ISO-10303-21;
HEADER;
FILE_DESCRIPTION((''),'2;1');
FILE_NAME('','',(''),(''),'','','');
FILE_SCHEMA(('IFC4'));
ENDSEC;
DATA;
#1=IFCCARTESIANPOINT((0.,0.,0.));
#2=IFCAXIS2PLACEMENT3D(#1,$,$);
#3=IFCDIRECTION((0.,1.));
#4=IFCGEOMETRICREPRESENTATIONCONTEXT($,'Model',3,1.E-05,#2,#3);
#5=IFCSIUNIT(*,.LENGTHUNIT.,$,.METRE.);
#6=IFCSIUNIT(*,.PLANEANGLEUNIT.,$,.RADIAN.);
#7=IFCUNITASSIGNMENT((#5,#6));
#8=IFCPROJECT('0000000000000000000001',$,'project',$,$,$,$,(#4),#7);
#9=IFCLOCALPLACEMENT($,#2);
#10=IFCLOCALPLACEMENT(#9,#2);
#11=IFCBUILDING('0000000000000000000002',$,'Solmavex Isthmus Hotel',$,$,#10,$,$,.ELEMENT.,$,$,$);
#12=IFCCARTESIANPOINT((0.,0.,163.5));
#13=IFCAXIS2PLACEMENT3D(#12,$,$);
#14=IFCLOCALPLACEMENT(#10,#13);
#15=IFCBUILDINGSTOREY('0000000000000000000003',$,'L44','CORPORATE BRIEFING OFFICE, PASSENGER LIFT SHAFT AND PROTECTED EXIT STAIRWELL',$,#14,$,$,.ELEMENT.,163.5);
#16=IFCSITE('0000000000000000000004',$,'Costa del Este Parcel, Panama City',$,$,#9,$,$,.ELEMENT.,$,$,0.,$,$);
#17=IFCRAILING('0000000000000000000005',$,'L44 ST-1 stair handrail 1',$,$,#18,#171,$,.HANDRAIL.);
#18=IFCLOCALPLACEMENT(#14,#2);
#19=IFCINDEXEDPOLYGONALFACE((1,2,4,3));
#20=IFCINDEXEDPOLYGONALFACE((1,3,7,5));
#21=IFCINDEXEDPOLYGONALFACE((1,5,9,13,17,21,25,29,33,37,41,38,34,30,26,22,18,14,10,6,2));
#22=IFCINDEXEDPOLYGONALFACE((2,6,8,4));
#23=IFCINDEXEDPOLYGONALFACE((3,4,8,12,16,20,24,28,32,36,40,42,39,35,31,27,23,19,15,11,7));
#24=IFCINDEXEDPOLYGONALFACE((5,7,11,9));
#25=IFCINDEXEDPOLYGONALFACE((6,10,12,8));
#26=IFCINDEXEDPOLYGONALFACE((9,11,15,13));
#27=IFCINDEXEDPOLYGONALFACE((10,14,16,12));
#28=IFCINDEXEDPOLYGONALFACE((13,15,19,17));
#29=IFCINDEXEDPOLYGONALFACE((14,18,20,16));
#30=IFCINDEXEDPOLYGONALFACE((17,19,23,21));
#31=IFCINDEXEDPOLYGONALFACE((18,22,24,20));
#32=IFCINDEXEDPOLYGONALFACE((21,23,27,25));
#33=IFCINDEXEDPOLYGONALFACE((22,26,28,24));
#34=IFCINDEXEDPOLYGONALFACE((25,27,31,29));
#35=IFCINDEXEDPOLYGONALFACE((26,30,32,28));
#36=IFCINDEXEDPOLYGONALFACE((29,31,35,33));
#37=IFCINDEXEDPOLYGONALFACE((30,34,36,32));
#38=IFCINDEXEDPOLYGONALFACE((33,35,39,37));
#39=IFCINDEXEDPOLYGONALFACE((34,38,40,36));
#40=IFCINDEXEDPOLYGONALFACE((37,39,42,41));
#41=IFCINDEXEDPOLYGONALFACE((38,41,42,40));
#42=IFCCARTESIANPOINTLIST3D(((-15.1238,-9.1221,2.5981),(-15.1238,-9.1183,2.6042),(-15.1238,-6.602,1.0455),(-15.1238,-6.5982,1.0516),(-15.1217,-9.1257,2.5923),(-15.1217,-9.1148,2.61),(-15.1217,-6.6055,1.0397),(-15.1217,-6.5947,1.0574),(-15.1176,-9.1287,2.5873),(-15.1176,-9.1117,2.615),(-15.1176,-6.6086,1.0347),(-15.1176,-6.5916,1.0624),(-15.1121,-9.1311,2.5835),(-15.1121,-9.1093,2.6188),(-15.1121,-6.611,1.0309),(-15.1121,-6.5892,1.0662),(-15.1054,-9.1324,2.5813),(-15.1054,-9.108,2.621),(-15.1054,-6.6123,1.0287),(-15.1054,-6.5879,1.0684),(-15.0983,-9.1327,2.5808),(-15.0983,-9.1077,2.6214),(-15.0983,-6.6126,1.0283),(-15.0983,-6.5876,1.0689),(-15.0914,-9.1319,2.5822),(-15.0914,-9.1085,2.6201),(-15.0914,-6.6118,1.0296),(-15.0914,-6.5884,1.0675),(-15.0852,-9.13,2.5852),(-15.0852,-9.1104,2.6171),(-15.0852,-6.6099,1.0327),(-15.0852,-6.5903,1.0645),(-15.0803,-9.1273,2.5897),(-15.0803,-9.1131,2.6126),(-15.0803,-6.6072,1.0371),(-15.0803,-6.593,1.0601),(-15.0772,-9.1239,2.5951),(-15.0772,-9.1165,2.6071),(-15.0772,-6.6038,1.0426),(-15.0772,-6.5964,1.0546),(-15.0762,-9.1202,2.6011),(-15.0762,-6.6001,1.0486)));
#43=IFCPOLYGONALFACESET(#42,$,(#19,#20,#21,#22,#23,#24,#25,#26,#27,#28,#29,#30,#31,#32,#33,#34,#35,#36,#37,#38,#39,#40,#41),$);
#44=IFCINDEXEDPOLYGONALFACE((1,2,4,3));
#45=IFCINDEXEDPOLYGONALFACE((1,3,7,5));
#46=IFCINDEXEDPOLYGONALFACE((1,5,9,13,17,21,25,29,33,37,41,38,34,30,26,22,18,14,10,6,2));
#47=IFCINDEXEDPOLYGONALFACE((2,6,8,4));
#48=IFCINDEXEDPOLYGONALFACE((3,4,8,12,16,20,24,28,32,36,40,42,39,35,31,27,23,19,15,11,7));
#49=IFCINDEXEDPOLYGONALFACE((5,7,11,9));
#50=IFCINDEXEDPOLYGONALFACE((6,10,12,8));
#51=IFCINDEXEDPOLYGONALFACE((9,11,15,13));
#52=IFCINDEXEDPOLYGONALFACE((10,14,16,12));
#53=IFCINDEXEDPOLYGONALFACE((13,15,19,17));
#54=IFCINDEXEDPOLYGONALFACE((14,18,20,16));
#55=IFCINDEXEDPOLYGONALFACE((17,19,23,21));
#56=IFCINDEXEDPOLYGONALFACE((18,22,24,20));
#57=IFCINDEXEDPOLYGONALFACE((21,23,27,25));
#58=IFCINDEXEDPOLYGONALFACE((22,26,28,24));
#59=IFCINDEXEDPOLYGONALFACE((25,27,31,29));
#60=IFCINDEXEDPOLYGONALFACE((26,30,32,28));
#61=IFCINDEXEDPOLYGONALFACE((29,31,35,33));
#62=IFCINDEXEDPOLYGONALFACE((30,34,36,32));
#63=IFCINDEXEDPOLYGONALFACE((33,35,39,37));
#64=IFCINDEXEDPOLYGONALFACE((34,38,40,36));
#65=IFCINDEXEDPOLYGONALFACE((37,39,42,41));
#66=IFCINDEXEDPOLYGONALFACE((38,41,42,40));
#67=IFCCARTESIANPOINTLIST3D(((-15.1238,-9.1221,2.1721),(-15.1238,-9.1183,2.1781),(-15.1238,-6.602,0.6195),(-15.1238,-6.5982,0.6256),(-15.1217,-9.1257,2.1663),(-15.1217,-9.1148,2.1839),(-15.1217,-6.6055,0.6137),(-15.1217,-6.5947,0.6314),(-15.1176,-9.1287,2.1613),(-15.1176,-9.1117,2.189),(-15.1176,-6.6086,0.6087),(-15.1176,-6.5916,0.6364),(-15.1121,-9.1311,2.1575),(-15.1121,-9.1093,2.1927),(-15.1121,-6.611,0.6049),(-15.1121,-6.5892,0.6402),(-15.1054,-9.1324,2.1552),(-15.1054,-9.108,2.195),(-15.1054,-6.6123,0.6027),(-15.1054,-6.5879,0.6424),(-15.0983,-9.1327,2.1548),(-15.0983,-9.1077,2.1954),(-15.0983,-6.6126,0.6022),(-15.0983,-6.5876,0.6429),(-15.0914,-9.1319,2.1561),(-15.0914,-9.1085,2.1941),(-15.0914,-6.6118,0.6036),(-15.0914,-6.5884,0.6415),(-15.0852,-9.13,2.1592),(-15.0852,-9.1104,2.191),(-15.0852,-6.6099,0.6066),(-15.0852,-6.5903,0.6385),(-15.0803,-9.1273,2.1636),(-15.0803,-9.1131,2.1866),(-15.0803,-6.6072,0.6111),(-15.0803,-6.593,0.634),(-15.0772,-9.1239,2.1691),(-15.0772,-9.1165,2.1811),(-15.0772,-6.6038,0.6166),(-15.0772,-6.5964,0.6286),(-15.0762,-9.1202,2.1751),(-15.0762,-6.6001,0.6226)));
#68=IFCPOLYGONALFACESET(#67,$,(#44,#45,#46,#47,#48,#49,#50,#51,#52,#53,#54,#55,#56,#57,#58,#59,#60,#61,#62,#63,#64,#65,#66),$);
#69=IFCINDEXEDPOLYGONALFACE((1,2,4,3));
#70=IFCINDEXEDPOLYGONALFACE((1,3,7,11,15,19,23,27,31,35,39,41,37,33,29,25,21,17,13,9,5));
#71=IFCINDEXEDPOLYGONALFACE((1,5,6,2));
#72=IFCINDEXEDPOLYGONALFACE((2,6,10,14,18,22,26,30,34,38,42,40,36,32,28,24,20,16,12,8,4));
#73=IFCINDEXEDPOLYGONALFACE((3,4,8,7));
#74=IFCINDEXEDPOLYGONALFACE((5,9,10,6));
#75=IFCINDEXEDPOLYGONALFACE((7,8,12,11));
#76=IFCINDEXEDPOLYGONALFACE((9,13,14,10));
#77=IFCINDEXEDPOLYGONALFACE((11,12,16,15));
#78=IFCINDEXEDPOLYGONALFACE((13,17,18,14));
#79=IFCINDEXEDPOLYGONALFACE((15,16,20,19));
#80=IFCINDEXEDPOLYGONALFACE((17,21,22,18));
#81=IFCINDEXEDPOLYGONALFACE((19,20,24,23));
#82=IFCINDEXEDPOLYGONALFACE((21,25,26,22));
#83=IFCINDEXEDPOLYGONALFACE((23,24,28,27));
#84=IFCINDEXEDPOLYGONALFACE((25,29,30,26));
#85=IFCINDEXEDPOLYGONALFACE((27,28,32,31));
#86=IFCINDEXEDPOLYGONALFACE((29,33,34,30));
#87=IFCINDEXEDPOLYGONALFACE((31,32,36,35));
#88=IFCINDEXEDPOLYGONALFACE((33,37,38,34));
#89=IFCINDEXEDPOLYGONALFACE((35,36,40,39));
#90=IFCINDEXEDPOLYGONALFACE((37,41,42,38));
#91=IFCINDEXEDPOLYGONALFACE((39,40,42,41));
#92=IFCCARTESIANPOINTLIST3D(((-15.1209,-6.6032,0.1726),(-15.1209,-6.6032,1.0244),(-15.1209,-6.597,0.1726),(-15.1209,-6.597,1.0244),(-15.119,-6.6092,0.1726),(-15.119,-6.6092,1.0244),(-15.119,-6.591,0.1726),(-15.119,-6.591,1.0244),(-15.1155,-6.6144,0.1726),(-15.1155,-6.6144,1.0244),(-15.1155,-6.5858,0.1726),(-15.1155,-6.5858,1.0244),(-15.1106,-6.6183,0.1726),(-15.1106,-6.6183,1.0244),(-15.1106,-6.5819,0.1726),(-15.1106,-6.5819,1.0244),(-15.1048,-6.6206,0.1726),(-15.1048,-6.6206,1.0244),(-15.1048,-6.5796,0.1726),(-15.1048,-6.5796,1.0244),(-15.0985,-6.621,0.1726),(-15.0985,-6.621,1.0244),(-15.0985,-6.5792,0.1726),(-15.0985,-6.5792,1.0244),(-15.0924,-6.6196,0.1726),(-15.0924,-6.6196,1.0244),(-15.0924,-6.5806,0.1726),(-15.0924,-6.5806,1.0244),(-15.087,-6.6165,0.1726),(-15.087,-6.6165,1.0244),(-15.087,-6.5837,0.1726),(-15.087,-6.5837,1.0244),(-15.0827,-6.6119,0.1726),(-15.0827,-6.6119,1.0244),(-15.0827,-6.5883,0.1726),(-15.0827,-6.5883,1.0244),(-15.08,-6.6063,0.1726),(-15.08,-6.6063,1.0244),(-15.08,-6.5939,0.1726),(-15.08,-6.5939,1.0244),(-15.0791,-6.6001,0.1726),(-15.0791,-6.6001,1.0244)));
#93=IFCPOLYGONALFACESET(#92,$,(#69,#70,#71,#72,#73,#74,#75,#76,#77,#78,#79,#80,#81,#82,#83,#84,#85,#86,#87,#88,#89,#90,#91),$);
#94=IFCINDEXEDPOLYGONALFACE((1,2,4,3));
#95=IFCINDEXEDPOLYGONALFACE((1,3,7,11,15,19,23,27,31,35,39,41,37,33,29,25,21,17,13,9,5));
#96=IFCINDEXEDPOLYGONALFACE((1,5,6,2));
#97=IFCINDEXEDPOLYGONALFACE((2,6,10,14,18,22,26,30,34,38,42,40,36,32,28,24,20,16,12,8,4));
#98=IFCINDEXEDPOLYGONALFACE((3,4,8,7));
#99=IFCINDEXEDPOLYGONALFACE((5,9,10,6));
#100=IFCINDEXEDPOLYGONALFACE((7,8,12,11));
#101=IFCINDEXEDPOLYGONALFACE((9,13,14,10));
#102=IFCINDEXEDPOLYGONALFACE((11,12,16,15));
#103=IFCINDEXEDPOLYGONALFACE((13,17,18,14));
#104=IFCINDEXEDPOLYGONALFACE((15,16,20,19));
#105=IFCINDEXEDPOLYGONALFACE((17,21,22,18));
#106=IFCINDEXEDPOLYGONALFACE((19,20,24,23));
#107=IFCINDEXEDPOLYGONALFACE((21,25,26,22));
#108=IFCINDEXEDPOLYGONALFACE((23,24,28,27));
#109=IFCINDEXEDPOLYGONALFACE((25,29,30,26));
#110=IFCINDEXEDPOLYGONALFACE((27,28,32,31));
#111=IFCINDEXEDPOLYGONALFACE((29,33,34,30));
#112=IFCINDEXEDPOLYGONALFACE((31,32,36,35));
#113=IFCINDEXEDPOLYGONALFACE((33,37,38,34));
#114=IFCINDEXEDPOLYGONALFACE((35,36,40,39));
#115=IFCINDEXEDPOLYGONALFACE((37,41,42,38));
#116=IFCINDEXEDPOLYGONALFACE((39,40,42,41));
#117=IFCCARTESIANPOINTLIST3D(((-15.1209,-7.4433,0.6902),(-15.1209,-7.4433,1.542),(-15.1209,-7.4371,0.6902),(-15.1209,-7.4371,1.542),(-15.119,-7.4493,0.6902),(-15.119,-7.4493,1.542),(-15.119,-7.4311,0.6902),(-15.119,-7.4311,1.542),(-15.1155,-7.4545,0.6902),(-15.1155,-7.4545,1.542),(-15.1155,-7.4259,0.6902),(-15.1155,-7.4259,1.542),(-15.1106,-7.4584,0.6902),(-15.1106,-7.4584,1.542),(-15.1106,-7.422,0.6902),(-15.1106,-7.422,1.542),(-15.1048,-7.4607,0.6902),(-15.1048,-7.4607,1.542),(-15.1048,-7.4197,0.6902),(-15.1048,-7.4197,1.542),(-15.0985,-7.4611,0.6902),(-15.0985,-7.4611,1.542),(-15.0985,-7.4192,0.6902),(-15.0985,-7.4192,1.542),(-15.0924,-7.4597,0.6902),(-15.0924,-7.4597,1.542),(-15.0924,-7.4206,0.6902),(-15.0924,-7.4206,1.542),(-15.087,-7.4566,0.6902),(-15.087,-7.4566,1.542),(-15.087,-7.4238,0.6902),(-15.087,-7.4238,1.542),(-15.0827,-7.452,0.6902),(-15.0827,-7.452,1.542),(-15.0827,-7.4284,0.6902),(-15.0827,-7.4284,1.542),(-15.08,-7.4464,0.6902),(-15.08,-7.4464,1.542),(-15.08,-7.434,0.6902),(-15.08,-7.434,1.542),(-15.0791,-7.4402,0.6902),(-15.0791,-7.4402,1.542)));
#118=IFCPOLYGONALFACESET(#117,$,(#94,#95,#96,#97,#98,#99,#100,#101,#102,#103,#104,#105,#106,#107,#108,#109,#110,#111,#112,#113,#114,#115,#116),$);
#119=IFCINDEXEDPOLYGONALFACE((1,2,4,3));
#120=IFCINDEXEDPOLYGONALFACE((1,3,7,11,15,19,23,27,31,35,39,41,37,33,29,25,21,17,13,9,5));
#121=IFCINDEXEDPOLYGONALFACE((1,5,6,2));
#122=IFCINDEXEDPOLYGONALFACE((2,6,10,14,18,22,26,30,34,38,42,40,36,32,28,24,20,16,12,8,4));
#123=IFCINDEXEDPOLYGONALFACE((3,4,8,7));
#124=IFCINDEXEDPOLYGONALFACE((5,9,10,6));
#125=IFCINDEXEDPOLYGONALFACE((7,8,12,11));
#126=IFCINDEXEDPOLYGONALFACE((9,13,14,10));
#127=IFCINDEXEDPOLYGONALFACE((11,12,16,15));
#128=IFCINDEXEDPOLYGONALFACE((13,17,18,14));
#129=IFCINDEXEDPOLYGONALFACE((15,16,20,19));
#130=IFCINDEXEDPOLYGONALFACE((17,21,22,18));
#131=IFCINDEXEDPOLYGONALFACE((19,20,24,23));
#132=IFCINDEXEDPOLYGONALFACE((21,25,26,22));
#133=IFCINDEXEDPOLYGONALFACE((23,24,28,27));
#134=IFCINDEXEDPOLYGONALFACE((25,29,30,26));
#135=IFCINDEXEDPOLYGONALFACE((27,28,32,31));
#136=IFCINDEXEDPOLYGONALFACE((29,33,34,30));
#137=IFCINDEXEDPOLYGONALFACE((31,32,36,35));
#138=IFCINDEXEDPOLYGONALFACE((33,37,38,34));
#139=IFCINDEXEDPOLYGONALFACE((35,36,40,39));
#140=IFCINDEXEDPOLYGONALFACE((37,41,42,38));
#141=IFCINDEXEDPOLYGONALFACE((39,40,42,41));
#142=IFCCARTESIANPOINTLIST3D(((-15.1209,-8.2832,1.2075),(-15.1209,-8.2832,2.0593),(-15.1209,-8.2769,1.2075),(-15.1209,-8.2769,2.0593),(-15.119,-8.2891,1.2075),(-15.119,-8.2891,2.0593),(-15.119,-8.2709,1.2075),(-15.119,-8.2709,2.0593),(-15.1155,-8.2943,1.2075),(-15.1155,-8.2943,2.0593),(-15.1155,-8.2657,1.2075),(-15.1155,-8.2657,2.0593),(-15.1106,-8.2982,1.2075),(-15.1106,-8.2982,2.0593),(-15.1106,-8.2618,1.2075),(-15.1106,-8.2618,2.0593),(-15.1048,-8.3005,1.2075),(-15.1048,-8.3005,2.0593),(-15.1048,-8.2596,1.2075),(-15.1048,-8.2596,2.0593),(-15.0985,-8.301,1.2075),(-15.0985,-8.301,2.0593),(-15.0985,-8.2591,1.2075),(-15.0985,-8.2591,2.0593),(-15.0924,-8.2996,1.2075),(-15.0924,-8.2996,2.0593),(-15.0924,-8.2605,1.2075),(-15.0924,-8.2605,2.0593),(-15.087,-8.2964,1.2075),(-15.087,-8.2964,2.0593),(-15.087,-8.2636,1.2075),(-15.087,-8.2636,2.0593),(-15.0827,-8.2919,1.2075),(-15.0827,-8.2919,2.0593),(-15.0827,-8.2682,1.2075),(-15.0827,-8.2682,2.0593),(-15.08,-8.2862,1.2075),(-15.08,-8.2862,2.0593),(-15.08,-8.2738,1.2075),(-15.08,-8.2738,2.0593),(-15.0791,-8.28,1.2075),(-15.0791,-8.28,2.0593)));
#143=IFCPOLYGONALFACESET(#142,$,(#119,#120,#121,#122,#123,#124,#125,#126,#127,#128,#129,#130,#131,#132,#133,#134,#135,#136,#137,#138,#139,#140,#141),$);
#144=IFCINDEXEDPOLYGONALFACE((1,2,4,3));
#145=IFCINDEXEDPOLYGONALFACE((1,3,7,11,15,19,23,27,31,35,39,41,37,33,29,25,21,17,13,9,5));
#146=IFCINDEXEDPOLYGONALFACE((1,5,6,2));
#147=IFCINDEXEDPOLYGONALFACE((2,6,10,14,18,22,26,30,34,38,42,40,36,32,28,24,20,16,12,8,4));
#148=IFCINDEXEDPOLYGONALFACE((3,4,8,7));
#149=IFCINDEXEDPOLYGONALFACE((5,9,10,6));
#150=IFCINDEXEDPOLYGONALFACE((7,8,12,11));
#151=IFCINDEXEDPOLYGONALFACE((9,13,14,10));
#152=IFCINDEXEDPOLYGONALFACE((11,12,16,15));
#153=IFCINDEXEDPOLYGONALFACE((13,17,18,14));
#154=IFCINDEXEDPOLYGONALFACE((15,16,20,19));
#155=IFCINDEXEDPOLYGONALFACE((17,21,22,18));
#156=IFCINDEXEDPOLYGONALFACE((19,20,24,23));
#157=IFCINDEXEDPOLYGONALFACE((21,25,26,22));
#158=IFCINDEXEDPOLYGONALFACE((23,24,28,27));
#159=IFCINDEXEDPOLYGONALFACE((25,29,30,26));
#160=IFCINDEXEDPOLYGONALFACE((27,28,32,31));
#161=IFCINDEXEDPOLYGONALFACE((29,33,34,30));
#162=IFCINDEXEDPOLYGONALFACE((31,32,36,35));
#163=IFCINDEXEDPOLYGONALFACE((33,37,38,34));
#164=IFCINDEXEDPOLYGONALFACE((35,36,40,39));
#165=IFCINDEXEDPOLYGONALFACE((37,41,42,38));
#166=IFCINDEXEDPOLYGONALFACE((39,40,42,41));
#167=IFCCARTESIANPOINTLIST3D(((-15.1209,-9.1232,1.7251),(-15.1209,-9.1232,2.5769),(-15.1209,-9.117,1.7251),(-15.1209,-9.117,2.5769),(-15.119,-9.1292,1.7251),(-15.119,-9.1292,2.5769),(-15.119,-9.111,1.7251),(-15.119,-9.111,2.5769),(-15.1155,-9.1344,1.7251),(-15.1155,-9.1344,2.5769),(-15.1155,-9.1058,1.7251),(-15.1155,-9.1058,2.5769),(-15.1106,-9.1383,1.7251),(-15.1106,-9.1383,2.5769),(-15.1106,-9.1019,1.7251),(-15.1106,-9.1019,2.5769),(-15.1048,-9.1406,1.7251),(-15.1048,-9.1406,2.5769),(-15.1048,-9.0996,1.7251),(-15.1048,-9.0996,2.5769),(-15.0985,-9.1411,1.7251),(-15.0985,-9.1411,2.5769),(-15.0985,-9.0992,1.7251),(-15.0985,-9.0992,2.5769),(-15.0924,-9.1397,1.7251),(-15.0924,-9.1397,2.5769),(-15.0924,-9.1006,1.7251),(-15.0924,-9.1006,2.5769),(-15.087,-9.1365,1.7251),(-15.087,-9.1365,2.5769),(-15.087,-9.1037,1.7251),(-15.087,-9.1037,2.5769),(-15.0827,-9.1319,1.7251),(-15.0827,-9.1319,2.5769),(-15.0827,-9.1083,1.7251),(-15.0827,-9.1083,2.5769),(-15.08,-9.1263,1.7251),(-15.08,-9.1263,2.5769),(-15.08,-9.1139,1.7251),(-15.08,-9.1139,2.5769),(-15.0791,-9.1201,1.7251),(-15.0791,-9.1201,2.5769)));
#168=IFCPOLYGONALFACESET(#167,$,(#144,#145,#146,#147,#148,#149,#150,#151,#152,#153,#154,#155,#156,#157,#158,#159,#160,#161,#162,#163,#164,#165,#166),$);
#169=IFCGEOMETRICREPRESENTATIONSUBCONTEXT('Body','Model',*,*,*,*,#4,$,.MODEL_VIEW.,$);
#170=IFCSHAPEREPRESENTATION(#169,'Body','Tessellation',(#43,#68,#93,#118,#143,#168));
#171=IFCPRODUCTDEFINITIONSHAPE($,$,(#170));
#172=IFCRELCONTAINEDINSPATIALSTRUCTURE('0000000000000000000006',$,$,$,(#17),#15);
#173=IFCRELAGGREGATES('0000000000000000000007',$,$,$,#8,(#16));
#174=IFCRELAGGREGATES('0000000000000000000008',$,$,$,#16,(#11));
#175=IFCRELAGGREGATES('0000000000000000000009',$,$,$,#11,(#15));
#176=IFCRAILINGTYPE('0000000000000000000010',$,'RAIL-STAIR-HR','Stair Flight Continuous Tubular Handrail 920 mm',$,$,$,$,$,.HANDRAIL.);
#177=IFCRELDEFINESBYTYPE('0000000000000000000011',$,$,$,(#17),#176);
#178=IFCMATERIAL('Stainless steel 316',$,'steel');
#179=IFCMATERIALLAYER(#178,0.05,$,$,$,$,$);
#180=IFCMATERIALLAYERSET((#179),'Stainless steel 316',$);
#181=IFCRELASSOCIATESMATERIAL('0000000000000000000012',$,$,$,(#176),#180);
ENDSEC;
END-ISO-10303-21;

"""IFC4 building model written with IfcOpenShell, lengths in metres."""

from ifc_helpers import new_model, si_unit, direction, frame, origin, origin_2d, place, context, subcontext, project, spatial, circle, extrude, material, layer, layer_set, type_object, element, save


model = new_model("IFC4")

# Units and contexts
model_context = context("Model", 3, precision=1e-05, world=origin(), true_north=direction((0.0, 1.0)))
body_context = subcontext(model_context, "Body", "Model", "MODEL_VIEW")
ifc_project = project(units=[si_unit("LENGTHUNIT", "METRE"), si_unit("PLANEANGLEUNIT", "RADIAN")], contexts=[model_context])

# Site, building, storey
site_placement = place(None, origin())
site = spatial("IfcSite", under=ifc_project, at=site_placement, Name="Costa del Este Parcel, Panama City", CompositionType="ELEMENT", RefElevation=0.0)
building_placement = place(site_placement, origin())
building = spatial("IfcBuilding", under=site, at=building_placement, Name="Solmavex Isthmus Hotel", CompositionType="ELEMENT")
storey_placement = place(building_placement, frame((0.0, 0.0, 163.5)))
storey = spatial("IfcBuildingStorey", under=building, at=storey_placement, Name="L44", Description="CORPORATE BRIEFING OFFICE, PASSENGER LIFT SHAFT AND PROTECTED EXIT STAIRWELL", CompositionType="ELEMENT", Elevation=163.5)

# Railing
ifc_material_1 = material(Name="Stainless steel 316", Category="steel")
ifc_layer_1 = layer(ifc_material_1, 0.05)
ifc_layer_set_1 = layer_set([ifc_layer_1], Name="Stainless steel 316")
railing_type_1 = type_object("IfcRailingType", Name="RAIL-STAIR-HR", Description="Stair Flight Continuous Tubular Handrail 920 mm", PredefinedType="HANDRAIL", material=ifc_layer_set_1)
railing_1_placement = place(storey_placement, frame((-15.1001, -6.6001, 0.1726)))
element("IfcRailing", 1, at=railing_1_placement, inside=storey, type_object=railing_type_1, Name="L44 ST-1 stair handrail 1", PredefinedType="HANDRAIL", context=body_context, shape_type="SweptSolid", body=[
    extrude(circle(Radius=0.0239, at=origin_2d()), frame((0.0, 0.0, 0.876), z_axis=(0.0, -0.8514, 0.524516), x_axis=(1.0, 0.0, 0.0)), (0.0, 0.0, 1.0), 2.96),
    extrude(circle(Radius=0.0239, at=origin_2d()), frame((0.0, 0.0, 0.45), z_axis=(0.0, -0.8514, 0.524516), x_axis=(1.0, 0.0, 0.0)), (0.0, 0.0, 1.0), 2.96),
    extrude(circle(Radius=0.021, at=origin_2d()), origin(), (0.0, 0.0, 1.0), 0.8518),
    extrude(circle(Radius=0.021, at=origin_2d()), frame((0.0, -0.8401, 0.5176)), (0.0, 0.0, 1.0), 0.8518),
    extrude(circle(Radius=0.021, at=origin_2d()), frame((0.0, -1.6799, 1.0349)), (0.0, 0.0, 1.0), 0.8518),
    extrude(circle(Radius=0.021, at=origin_2d()), frame((0.0, -2.52, 1.5525)), (0.0, 0.0, 1.0), 0.8518),
])

save(model, "model.ifc")
